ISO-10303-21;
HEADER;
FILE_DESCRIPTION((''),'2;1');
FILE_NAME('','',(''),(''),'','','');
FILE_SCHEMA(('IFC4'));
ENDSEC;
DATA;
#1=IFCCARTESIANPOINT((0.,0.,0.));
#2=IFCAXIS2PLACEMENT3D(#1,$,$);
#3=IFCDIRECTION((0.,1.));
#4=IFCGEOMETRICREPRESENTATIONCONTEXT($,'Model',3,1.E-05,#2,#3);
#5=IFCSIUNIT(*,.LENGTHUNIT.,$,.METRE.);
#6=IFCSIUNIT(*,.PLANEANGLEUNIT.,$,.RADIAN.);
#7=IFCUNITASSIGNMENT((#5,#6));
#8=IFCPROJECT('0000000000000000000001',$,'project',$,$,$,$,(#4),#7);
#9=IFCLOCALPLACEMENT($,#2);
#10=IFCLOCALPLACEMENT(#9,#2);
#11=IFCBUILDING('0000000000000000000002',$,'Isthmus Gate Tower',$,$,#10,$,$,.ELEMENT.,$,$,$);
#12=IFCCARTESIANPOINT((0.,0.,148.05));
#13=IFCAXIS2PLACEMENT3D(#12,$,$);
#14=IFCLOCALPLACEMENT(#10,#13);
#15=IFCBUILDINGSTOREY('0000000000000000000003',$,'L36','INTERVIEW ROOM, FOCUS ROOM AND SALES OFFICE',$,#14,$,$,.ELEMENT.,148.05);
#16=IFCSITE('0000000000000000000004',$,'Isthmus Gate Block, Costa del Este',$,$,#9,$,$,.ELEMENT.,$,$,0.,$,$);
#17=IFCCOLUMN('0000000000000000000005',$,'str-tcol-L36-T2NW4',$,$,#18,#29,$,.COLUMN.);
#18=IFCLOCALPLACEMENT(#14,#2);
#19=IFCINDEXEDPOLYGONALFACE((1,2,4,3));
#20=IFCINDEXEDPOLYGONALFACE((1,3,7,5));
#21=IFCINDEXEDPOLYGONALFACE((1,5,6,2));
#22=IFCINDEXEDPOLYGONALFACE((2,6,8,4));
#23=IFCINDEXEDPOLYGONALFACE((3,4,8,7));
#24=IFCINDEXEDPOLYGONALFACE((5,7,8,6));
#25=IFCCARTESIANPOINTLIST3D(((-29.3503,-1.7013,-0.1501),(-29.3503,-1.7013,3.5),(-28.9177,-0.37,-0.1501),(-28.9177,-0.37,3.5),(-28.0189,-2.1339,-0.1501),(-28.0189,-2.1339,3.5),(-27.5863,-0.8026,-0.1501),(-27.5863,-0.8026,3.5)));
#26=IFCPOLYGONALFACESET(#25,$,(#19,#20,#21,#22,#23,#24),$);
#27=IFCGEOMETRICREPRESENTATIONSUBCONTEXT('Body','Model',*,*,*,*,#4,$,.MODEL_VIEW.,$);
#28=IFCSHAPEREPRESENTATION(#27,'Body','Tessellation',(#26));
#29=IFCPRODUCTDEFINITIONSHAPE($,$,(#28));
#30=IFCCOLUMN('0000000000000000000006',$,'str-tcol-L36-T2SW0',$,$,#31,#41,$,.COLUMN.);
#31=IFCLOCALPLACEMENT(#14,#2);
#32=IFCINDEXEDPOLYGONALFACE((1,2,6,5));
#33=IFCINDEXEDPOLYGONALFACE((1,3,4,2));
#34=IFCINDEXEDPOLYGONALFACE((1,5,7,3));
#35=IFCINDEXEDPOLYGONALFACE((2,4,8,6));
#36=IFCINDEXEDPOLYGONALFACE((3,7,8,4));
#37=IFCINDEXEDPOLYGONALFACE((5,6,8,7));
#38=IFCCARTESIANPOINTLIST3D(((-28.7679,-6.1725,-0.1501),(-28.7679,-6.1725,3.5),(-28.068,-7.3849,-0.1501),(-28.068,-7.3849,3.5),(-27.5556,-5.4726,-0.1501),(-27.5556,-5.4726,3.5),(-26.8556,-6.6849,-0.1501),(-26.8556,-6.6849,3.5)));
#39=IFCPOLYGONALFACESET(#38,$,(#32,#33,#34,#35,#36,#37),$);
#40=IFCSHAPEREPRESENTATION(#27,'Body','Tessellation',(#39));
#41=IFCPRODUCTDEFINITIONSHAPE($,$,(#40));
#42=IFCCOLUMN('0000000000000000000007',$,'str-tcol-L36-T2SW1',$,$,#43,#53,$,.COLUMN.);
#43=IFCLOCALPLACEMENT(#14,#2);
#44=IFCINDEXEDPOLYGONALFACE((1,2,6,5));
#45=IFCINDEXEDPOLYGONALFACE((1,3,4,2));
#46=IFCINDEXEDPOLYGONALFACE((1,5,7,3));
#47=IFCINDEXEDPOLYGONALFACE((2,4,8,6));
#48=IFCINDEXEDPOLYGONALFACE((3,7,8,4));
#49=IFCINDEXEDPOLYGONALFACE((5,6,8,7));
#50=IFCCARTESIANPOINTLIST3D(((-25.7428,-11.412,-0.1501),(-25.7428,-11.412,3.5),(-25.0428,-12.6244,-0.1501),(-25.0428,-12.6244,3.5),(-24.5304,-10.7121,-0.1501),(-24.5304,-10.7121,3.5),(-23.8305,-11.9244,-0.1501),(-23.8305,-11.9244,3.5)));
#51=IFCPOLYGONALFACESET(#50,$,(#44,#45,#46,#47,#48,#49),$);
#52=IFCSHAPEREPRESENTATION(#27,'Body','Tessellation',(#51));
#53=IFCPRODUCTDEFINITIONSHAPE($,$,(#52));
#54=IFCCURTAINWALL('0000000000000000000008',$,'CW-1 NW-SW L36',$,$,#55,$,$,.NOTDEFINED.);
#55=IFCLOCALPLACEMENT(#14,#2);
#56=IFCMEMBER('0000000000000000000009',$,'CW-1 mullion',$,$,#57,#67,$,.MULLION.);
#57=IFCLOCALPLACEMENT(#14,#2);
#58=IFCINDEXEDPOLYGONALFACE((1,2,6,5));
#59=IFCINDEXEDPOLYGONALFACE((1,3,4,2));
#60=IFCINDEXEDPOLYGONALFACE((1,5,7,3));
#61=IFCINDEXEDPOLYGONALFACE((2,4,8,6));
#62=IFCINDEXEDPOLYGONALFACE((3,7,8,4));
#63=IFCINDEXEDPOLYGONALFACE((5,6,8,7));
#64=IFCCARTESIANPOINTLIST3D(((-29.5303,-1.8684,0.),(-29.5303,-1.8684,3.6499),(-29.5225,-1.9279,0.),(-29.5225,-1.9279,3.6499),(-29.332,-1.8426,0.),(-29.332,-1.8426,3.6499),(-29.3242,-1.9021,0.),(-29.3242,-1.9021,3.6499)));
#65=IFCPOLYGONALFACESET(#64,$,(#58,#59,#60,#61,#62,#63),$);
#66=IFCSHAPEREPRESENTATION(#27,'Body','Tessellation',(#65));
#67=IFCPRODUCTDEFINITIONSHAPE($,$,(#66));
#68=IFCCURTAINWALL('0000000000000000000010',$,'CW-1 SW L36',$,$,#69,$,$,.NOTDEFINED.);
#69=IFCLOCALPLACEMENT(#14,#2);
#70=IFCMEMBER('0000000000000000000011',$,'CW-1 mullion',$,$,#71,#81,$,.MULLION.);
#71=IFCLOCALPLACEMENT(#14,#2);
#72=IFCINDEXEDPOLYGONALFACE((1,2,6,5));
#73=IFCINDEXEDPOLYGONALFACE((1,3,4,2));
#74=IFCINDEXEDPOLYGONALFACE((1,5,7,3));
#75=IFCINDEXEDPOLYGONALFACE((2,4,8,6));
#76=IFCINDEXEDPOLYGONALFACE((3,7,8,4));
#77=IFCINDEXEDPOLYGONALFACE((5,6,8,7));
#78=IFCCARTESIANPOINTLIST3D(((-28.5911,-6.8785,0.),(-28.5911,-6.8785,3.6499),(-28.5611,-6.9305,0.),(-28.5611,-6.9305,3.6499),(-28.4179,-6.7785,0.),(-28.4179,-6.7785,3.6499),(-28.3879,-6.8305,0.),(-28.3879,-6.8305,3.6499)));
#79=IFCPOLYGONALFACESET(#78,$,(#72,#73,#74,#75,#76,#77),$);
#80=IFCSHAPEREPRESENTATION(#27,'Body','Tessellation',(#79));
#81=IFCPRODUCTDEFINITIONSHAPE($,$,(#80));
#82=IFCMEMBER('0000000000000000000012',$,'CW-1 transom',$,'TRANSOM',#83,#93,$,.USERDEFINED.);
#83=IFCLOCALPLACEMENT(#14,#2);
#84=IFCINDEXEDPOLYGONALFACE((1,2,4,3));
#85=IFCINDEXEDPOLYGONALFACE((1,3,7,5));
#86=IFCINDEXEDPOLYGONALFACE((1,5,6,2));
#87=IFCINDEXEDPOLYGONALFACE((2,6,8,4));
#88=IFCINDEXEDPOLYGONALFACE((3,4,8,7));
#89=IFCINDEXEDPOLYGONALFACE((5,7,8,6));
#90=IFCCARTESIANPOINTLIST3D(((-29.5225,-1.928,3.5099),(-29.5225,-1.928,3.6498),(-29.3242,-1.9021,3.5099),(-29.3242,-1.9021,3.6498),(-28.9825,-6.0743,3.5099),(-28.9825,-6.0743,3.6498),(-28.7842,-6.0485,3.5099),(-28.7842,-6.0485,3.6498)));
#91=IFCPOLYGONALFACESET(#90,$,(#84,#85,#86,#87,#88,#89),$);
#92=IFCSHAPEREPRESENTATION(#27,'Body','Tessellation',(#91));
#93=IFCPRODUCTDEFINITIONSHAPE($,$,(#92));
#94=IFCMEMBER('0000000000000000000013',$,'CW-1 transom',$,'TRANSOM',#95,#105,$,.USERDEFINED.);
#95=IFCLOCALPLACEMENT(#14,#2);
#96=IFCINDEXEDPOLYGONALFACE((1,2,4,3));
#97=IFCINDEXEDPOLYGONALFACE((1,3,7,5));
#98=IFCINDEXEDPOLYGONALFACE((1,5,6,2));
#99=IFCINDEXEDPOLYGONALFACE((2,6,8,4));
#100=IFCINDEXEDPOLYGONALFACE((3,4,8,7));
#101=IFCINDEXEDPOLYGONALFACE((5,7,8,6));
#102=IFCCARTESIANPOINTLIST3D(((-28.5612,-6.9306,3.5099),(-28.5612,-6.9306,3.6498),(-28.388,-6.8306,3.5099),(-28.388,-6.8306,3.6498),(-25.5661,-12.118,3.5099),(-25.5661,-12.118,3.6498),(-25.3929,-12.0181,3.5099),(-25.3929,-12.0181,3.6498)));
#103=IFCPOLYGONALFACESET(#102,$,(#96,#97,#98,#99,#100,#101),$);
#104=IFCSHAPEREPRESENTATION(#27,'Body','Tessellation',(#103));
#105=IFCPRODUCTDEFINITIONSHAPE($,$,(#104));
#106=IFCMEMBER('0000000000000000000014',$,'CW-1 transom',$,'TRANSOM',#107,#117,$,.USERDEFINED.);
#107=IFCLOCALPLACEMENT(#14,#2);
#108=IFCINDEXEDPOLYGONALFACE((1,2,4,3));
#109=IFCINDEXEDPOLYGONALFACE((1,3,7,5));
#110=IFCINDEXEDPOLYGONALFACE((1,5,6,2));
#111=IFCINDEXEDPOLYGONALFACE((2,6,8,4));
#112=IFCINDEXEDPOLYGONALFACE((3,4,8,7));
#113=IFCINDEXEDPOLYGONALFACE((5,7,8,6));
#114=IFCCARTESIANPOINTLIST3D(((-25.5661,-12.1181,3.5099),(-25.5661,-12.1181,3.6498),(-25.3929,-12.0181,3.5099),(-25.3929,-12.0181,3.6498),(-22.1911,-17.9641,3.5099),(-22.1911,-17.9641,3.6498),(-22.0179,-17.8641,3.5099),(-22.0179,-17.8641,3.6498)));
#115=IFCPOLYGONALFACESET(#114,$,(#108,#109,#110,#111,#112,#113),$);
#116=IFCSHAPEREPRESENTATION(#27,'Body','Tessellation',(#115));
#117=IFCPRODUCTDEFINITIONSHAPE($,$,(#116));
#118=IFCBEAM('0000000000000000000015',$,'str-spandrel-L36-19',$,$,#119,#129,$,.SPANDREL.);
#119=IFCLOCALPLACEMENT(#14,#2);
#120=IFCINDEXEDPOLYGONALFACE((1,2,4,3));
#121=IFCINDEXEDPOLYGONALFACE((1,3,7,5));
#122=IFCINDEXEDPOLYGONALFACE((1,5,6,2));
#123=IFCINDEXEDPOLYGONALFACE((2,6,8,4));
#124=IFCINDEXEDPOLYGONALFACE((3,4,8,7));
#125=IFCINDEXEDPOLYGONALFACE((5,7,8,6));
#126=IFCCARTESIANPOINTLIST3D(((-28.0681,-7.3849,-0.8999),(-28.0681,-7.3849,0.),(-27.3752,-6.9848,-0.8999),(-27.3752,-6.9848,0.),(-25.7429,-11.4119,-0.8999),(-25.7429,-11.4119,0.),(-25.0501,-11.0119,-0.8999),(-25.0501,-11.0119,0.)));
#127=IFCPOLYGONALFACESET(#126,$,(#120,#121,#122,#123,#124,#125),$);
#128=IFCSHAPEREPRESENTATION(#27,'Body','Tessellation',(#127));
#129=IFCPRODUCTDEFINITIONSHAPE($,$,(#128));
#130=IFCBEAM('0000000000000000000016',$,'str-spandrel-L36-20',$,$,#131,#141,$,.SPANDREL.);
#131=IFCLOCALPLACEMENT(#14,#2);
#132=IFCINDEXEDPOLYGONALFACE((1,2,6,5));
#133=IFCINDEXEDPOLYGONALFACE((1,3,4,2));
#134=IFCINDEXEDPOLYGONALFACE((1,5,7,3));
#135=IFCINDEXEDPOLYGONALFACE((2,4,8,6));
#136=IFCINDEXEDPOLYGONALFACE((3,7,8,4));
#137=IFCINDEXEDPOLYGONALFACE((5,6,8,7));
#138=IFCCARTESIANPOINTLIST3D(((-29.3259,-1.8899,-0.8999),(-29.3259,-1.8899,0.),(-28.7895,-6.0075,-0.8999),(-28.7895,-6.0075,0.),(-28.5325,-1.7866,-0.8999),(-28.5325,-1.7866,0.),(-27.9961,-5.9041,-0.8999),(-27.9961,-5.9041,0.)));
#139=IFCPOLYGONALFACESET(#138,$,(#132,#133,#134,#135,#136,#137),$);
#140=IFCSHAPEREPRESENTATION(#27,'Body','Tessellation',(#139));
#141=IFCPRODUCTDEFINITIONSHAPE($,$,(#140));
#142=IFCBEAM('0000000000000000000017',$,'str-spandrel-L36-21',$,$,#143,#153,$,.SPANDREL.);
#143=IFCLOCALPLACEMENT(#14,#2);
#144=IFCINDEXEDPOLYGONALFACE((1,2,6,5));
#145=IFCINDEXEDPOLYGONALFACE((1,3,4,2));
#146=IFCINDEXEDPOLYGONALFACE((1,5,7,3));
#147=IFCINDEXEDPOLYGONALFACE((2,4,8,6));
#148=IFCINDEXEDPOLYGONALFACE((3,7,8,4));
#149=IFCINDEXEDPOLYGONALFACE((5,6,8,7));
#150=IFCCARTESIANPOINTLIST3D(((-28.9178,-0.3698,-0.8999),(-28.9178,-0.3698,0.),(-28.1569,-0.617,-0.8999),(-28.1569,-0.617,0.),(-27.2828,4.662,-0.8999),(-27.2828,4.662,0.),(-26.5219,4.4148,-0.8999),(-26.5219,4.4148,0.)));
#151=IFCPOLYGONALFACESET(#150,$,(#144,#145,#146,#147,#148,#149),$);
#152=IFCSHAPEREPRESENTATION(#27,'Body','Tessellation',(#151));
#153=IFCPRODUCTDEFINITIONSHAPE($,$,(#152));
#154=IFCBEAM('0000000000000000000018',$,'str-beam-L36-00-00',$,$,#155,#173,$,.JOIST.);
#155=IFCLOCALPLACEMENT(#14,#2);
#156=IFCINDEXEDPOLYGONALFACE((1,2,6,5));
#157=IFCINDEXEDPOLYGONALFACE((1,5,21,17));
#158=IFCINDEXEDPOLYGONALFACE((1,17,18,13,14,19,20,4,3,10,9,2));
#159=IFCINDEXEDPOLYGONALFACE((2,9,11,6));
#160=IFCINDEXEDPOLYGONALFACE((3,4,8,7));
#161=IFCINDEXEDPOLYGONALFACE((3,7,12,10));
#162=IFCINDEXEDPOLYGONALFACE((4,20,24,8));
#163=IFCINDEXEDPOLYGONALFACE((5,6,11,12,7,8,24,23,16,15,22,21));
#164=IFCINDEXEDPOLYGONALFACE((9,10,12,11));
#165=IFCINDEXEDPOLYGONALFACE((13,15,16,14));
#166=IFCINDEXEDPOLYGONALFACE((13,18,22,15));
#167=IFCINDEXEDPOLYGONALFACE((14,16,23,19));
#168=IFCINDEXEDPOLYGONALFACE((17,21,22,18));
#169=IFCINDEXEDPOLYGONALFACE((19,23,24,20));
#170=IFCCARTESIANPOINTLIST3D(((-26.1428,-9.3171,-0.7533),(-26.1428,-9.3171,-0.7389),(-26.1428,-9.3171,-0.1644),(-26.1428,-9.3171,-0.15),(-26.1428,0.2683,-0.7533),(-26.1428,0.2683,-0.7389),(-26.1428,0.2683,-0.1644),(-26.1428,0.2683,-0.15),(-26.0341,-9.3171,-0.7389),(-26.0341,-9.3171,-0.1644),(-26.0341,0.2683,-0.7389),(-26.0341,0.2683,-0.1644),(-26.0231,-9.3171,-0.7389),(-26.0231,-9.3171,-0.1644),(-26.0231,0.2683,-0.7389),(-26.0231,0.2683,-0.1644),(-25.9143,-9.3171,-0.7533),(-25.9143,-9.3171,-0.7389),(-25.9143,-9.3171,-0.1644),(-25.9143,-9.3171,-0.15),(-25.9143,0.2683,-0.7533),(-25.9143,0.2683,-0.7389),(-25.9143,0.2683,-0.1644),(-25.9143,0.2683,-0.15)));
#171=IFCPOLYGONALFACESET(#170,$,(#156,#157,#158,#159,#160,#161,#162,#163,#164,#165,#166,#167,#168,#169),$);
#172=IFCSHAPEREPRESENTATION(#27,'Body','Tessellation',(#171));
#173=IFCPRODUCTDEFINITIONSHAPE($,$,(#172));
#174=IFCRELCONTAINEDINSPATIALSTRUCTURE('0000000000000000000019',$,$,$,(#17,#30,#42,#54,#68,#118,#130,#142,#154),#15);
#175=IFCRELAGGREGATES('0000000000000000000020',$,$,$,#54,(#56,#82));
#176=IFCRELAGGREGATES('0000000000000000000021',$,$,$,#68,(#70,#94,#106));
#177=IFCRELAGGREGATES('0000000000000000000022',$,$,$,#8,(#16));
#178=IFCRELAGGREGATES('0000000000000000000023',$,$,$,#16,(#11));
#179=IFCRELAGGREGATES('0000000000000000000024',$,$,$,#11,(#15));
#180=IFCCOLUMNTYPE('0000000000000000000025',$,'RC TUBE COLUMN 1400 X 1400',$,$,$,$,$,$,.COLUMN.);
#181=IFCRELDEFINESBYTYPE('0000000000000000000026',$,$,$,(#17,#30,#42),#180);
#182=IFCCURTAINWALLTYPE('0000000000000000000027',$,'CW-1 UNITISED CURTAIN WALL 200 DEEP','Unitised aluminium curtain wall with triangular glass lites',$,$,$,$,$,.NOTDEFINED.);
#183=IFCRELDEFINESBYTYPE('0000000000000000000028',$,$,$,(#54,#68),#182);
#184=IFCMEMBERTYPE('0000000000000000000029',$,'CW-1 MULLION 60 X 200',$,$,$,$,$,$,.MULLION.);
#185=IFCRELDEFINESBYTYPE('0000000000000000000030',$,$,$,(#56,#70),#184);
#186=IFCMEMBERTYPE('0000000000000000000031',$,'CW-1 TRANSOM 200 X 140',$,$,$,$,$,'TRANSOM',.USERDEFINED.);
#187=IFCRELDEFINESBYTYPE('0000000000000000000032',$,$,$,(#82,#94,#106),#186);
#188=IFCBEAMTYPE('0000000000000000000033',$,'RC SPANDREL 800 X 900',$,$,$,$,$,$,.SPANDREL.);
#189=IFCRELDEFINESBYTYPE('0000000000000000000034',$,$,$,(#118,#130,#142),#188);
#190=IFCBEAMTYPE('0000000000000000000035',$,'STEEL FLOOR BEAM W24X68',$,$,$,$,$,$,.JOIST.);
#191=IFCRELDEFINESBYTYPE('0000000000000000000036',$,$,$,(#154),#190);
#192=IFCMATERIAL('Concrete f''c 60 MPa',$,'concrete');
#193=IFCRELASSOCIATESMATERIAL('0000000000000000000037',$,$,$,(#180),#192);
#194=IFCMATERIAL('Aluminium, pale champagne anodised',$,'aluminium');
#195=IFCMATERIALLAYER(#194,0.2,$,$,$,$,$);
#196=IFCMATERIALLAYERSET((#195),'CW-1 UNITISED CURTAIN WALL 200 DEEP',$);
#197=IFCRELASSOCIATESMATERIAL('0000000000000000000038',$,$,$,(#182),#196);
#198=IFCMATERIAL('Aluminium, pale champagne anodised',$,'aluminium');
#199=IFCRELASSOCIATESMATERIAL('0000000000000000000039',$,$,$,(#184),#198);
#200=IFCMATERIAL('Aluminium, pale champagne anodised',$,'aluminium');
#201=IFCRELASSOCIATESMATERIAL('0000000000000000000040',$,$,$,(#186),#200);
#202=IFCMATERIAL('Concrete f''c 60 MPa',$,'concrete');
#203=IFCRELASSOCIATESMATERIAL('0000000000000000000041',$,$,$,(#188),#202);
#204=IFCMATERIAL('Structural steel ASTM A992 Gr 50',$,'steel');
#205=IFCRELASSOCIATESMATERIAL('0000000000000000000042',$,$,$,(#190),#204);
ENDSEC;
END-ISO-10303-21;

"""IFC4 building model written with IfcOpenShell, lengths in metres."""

from ifc_helpers import new_model, si_unit, direction, frame, origin, origin_2d, place, context, subcontext, project, spatial, rectangle, i_section, extrude, material, layer, layer_set, material_profile, profile_set, type_object, element, aggregate, save


model = new_model("IFC4")

# Units and contexts
model_context = context("Model", 3, precision=1e-05, world=origin(), true_north=direction((0.0, 1.0)))
body_context = subcontext(model_context, "Body", "Model", "MODEL_VIEW")
ifc_project = project(units=[si_unit("LENGTHUNIT", "METRE"), si_unit("PLANEANGLEUNIT", "RADIAN")], contexts=[model_context])

# Site, building, storey
site_placement = place(None, origin())
site = spatial("IfcSite", under=ifc_project, at=site_placement, Name="Isthmus Gate Block, Costa del Este", CompositionType="ELEMENT", RefElevation=0.0)
building_placement = place(site_placement, origin())
building = spatial("IfcBuilding", under=site, at=building_placement, Name="Isthmus Gate Tower", CompositionType="ELEMENT")
storey_placement = place(building_placement, frame((0.0, 0.0, 148.05)))
storey = spatial("IfcBuildingStorey", under=building, at=storey_placement, Name="L36", Description="INTERVIEW ROOM, FOCUS ROOM AND SALES OFFICE", CompositionType="ELEMENT", Elevation=148.05)

# Columns
ifc_material_1 = material(Name="Concrete f'c 60 MPa", Category="concrete")
ifc_material_profile_1 = material_profile(ifc_material_1, rectangle(XDim=1.3999, YDim=1.3999, at=origin_2d()), Name="RC 1400X1400")
ifc_profile_set_1 = profile_set([ifc_material_profile_1], Name="Concrete f'c 60 MPa")
column_type = type_object("IfcColumnType", Name="RC TUBE COLUMN 1400 X 1400", PredefinedType="COLUMN", material=ifc_profile_set_1)
for number, where, z_axis, x_axis, name in (
    (1, (-28.4683, -1.252, -0.1501), (0.0, 0.0, 1.0), (-0.309017, -0.951057, 0.0), "str-tcol-L36-T2NW4"),
    (2, (-27.8118, -6.4287, -0.1501), (0.0, 0.0, 1.0), (0.5, -0.866025, 0.0), "str-tcol-L36-T2SW0"),
    (3, (-24.7866, -11.6682, -0.1501), (0.0, 0.0, 1.0), (0.5, -0.866025, 0.0), "str-tcol-L36-T2SW1"),
):
    element("IfcColumn", number, at=place(storey_placement, frame(where, z_axis=z_axis, x_axis=x_axis)), inside=storey, type_object=column_type, Name=name, PredefinedType="COLUMN", context=body_context, shape_type="SweptSolid", body=[
        extrude(rectangle(XDim=1.3999, YDim=1.3999, at=origin_2d()), origin(), (0.0, 0.0, 1.0), 3.6501),
    ])

# Curtain walls, members
ifc_material_2 = material(Name="Aluminium, pale champagne anodised", Category="aluminium")
ifc_layer_1 = layer(ifc_material_2, 0.2)
ifc_layer_set_1 = layer_set([ifc_layer_1], Name="CW-1 UNITISED CURTAIN WALL 200 DEEP")
curtain_wall_type = type_object("IfcCurtainWallType", Name="CW-1 UNITISED CURTAIN WALL 200 DEEP", Description="Unitised aluminium curtain wall with triangular glass lites", PredefinedType="NOTDEFINED", material=ifc_layer_set_1)
curtain_wall_1_placement = place(storey_placement, origin())
curtain_wall_1 = element("IfcCurtainWall", 4, at=curtain_wall_1_placement, inside=storey, type_object=curtain_wall_type, Name="CW-1 NW-SW L36", PredefinedType="NOTDEFINED")
ifc_material_3 = material(Name="Aluminium, pale champagne anodised", Category="aluminium")
ifc_material_profile_2 = material_profile(ifc_material_3, rectangle(XDim=0.0601, YDim=0.2, at=origin_2d()), Name="60x200")
ifc_profile_set_2 = profile_set([ifc_material_profile_2], Name="Aluminium, pale champagne anodised")
member_type_1 = type_object("IfcMemberType", Name="CW-1 MULLION 60 X 200", PredefinedType="MULLION", material=ifc_profile_set_2)
member_1_placement = place(storey_placement, frame((-29.4272, -1.8853, 0.0), z_axis=(0.0, 0.0, 1.0), x_axis=(0.129165, -0.991623, 0.0)))
member_1 = element("IfcMember", 5, at=member_1_placement, type_object=member_type_1, Name="CW-1 mullion", PredefinedType="MULLION", context=body_context, shape_type="SweptSolid", body=[
    extrude(rectangle(XDim=0.0601, YDim=0.2, at=origin_2d()), origin(), (0.0, 0.0, 1.0), 3.6499),
])
curtain_wall_2_placement = place(storey_placement, origin())
curtain_wall_2 = element("IfcCurtainWall", 6, at=curtain_wall_2_placement, inside=storey, type_object=curtain_wall_type, Name="CW-1 SW L36", PredefinedType="NOTDEFINED")
member_2_placement = place(storey_placement, frame((-28.4895, -6.8545, 0.0), z_axis=(0.0, 0.0, 1.0), x_axis=(0.5, -0.866025, 0.0)))
member_2 = element("IfcMember", 7, at=member_2_placement, type_object=member_type_1, Name="CW-1 mullion", PredefinedType="MULLION", context=body_context, shape_type="SweptSolid", body=[
    extrude(rectangle(XDim=0.0601, YDim=0.2, at=origin_2d()), origin(), (0.0, 0.0, 1.0), 3.6499),
])

# Members
ifc_material_4 = material(Name="Aluminium, pale champagne anodised", Category="aluminium")
ifc_material_profile_3 = material_profile(ifc_material_4, rectangle(XDim=0.2, YDim=0.1399, at=origin_2d()), Name="200x140")
ifc_profile_set_3 = profile_set([ifc_material_profile_3], Name="Aluminium, pale champagne anodised")
member_type_2 = type_object("IfcMemberType", Name="CW-1 TRANSOM 200 X 140", ElementType="TRANSOM", PredefinedType="USERDEFINED", material=ifc_profile_set_3)
member_3_placement = place(storey_placement, frame((-29.4233, -1.915, 3.5798), z_axis=(0.129149, -0.991625, 0.0), x_axis=(0.991625, 0.129149, 0.0)))
member_3 = element("IfcMember", 8, at=member_3_placement, type_object=member_type_2, Name="CW-1 transom", ObjectType="TRANSOM", PredefinedType="USERDEFINED", context=body_context, shape_type="SweptSolid", body=[
    extrude(rectangle(XDim=0.2, YDim=0.1399, at=origin_2d()), origin(), (0.0, 0.0, 1.0), 4.1814),
])
member_4_placement = place(storey_placement, frame((-28.4746, -6.8806, 3.5798), z_axis=(0.500014, -0.866017, 0.0), x_axis=(0.866017, 0.500014, 0.0)))
member_4 = element("IfcMember", 9, at=member_4_placement, type_object=member_type_2, Name="CW-1 transom", ObjectType="TRANSOM", PredefinedType="USERDEFINED", context=body_context, shape_type="SweptSolid", body=[
    extrude(rectangle(XDim=0.2, YDim=0.1399, at=origin_2d()), origin(), (0.0, 0.0, 1.0), 5.99),
])
member_5_placement = place(storey_placement, frame((-25.4795, -12.0681, 3.5798), z_axis=(0.499982, -0.866036, 0.0), x_axis=(0.866036, 0.499982, 0.0)))
member_5 = element("IfcMember", 10, at=member_5_placement, type_object=member_type_2, Name="CW-1 transom", ObjectType="TRANSOM", PredefinedType="USERDEFINED", context=body_context, shape_type="SweptSolid", body=[
    extrude(rectangle(XDim=0.2, YDim=0.1399, at=origin_2d()), origin(), (0.0, 0.0, 1.0), 6.7502),
])

# Beams
ifc_material_5 = material(Name="Concrete f'c 60 MPa", Category="concrete")
ifc_material_profile_4 = material_profile(ifc_material_5, rectangle(XDim=0.8, YDim=0.8999, at=origin_2d()), Name="RC 800X900")
ifc_profile_set_4 = profile_set([ifc_material_profile_4], Name="Concrete f'c 60 MPa")
beam_type_1 = type_object("IfcBeamType", Name="RC SPANDREL 800 X 900", PredefinedType="SPANDREL", material=ifc_profile_set_4)
beam_1_placement = place(storey_placement, frame((-25.3965, -11.2119, -0.45), z_axis=(-0.500024, 0.866012, 0.0), x_axis=(-0.866012, -0.500024, 0.0)))
element("IfcBeam", 11, at=beam_1_placement, inside=storey, type_object=beam_type_1, Name="str-spandrel-L36-19", PredefinedType="SPANDREL", context=body_context, shape_type="SweptSolid", body=[
    extrude(rectangle(XDim=0.8, YDim=0.8999, at=origin_2d()), origin(), (0.0, 0.0, 1.0), 4.6501),
])
beam_2_placement = place(storey_placement, frame((-28.3928, -5.9558, -0.45), z_axis=(-0.129171, 0.991622, 0.0), x_axis=(-0.991622, -0.129171, 0.0)))
element("IfcBeam", 12, at=beam_2_placement, inside=storey, type_object=beam_type_1, Name="str-spandrel-L36-20", PredefinedType="SPANDREL", context=body_context, shape_type="SweptSolid", body=[
    extrude(rectangle(XDim=0.8, YDim=0.8999, at=origin_2d()), origin(), (0.0, 0.0, 1.0), 4.1523),
])
beam_3_placement = place(storey_placement, frame((-28.5374, -0.4934, -0.45), z_axis=(0.309034, 0.951051, 0.0), x_axis=(-0.951051, 0.309034, 0.0)))
element("IfcBeam", 13, at=beam_3_placement, inside=storey, type_object=beam_type_1, Name="str-spandrel-L36-21", PredefinedType="SPANDREL", context=body_context, shape_type="SweptSolid", body=[
    extrude(rectangle(XDim=0.8, YDim=0.8999, at=origin_2d()), origin(), (0.0, 0.0, 1.0), 5.2908),
])
ifc_material_6 = material(Name="Structural steel ASTM A992 Gr 50", Category="steel")
ifc_material_profile_5 = material_profile(ifc_material_6, i_section(OverallWidth=0.2285, OverallDepth=0.6033, WebThickness=0.011, FlangeThickness=0.0144, at=origin_2d()), Name="W24X68")
ifc_profile_set_5 = profile_set([ifc_material_profile_5], Name="Structural steel ASTM A992 Gr 50")
beam_type_2 = type_object("IfcBeamType", Name="STEEL FLOOR BEAM W24X68", PredefinedType="JOIST", material=ifc_profile_set_5)
beam_4_placement = place(storey_placement, frame((-26.0286, -9.3171, -0.4517), z_axis=(0.0, 1.0, 0.0), x_axis=(-1.0, 0.0, 0.0)))
element("IfcBeam", 14, at=beam_4_placement, inside=storey, type_object=beam_type_2, Name="str-beam-L36-00-00", PredefinedType="JOIST", context=body_context, shape_type="SweptSolid", body=[
    extrude(i_section(OverallWidth=0.2285, OverallDepth=0.6033, WebThickness=0.011, FlangeThickness=0.0144, at=origin_2d()), origin(), (0.0, 0.0, 1.0), 9.5854),
])

aggregate(curtain_wall_1, [member_1, member_3])
aggregate(curtain_wall_2, [member_2, member_4, member_5])

save(model, "model.ifc")
